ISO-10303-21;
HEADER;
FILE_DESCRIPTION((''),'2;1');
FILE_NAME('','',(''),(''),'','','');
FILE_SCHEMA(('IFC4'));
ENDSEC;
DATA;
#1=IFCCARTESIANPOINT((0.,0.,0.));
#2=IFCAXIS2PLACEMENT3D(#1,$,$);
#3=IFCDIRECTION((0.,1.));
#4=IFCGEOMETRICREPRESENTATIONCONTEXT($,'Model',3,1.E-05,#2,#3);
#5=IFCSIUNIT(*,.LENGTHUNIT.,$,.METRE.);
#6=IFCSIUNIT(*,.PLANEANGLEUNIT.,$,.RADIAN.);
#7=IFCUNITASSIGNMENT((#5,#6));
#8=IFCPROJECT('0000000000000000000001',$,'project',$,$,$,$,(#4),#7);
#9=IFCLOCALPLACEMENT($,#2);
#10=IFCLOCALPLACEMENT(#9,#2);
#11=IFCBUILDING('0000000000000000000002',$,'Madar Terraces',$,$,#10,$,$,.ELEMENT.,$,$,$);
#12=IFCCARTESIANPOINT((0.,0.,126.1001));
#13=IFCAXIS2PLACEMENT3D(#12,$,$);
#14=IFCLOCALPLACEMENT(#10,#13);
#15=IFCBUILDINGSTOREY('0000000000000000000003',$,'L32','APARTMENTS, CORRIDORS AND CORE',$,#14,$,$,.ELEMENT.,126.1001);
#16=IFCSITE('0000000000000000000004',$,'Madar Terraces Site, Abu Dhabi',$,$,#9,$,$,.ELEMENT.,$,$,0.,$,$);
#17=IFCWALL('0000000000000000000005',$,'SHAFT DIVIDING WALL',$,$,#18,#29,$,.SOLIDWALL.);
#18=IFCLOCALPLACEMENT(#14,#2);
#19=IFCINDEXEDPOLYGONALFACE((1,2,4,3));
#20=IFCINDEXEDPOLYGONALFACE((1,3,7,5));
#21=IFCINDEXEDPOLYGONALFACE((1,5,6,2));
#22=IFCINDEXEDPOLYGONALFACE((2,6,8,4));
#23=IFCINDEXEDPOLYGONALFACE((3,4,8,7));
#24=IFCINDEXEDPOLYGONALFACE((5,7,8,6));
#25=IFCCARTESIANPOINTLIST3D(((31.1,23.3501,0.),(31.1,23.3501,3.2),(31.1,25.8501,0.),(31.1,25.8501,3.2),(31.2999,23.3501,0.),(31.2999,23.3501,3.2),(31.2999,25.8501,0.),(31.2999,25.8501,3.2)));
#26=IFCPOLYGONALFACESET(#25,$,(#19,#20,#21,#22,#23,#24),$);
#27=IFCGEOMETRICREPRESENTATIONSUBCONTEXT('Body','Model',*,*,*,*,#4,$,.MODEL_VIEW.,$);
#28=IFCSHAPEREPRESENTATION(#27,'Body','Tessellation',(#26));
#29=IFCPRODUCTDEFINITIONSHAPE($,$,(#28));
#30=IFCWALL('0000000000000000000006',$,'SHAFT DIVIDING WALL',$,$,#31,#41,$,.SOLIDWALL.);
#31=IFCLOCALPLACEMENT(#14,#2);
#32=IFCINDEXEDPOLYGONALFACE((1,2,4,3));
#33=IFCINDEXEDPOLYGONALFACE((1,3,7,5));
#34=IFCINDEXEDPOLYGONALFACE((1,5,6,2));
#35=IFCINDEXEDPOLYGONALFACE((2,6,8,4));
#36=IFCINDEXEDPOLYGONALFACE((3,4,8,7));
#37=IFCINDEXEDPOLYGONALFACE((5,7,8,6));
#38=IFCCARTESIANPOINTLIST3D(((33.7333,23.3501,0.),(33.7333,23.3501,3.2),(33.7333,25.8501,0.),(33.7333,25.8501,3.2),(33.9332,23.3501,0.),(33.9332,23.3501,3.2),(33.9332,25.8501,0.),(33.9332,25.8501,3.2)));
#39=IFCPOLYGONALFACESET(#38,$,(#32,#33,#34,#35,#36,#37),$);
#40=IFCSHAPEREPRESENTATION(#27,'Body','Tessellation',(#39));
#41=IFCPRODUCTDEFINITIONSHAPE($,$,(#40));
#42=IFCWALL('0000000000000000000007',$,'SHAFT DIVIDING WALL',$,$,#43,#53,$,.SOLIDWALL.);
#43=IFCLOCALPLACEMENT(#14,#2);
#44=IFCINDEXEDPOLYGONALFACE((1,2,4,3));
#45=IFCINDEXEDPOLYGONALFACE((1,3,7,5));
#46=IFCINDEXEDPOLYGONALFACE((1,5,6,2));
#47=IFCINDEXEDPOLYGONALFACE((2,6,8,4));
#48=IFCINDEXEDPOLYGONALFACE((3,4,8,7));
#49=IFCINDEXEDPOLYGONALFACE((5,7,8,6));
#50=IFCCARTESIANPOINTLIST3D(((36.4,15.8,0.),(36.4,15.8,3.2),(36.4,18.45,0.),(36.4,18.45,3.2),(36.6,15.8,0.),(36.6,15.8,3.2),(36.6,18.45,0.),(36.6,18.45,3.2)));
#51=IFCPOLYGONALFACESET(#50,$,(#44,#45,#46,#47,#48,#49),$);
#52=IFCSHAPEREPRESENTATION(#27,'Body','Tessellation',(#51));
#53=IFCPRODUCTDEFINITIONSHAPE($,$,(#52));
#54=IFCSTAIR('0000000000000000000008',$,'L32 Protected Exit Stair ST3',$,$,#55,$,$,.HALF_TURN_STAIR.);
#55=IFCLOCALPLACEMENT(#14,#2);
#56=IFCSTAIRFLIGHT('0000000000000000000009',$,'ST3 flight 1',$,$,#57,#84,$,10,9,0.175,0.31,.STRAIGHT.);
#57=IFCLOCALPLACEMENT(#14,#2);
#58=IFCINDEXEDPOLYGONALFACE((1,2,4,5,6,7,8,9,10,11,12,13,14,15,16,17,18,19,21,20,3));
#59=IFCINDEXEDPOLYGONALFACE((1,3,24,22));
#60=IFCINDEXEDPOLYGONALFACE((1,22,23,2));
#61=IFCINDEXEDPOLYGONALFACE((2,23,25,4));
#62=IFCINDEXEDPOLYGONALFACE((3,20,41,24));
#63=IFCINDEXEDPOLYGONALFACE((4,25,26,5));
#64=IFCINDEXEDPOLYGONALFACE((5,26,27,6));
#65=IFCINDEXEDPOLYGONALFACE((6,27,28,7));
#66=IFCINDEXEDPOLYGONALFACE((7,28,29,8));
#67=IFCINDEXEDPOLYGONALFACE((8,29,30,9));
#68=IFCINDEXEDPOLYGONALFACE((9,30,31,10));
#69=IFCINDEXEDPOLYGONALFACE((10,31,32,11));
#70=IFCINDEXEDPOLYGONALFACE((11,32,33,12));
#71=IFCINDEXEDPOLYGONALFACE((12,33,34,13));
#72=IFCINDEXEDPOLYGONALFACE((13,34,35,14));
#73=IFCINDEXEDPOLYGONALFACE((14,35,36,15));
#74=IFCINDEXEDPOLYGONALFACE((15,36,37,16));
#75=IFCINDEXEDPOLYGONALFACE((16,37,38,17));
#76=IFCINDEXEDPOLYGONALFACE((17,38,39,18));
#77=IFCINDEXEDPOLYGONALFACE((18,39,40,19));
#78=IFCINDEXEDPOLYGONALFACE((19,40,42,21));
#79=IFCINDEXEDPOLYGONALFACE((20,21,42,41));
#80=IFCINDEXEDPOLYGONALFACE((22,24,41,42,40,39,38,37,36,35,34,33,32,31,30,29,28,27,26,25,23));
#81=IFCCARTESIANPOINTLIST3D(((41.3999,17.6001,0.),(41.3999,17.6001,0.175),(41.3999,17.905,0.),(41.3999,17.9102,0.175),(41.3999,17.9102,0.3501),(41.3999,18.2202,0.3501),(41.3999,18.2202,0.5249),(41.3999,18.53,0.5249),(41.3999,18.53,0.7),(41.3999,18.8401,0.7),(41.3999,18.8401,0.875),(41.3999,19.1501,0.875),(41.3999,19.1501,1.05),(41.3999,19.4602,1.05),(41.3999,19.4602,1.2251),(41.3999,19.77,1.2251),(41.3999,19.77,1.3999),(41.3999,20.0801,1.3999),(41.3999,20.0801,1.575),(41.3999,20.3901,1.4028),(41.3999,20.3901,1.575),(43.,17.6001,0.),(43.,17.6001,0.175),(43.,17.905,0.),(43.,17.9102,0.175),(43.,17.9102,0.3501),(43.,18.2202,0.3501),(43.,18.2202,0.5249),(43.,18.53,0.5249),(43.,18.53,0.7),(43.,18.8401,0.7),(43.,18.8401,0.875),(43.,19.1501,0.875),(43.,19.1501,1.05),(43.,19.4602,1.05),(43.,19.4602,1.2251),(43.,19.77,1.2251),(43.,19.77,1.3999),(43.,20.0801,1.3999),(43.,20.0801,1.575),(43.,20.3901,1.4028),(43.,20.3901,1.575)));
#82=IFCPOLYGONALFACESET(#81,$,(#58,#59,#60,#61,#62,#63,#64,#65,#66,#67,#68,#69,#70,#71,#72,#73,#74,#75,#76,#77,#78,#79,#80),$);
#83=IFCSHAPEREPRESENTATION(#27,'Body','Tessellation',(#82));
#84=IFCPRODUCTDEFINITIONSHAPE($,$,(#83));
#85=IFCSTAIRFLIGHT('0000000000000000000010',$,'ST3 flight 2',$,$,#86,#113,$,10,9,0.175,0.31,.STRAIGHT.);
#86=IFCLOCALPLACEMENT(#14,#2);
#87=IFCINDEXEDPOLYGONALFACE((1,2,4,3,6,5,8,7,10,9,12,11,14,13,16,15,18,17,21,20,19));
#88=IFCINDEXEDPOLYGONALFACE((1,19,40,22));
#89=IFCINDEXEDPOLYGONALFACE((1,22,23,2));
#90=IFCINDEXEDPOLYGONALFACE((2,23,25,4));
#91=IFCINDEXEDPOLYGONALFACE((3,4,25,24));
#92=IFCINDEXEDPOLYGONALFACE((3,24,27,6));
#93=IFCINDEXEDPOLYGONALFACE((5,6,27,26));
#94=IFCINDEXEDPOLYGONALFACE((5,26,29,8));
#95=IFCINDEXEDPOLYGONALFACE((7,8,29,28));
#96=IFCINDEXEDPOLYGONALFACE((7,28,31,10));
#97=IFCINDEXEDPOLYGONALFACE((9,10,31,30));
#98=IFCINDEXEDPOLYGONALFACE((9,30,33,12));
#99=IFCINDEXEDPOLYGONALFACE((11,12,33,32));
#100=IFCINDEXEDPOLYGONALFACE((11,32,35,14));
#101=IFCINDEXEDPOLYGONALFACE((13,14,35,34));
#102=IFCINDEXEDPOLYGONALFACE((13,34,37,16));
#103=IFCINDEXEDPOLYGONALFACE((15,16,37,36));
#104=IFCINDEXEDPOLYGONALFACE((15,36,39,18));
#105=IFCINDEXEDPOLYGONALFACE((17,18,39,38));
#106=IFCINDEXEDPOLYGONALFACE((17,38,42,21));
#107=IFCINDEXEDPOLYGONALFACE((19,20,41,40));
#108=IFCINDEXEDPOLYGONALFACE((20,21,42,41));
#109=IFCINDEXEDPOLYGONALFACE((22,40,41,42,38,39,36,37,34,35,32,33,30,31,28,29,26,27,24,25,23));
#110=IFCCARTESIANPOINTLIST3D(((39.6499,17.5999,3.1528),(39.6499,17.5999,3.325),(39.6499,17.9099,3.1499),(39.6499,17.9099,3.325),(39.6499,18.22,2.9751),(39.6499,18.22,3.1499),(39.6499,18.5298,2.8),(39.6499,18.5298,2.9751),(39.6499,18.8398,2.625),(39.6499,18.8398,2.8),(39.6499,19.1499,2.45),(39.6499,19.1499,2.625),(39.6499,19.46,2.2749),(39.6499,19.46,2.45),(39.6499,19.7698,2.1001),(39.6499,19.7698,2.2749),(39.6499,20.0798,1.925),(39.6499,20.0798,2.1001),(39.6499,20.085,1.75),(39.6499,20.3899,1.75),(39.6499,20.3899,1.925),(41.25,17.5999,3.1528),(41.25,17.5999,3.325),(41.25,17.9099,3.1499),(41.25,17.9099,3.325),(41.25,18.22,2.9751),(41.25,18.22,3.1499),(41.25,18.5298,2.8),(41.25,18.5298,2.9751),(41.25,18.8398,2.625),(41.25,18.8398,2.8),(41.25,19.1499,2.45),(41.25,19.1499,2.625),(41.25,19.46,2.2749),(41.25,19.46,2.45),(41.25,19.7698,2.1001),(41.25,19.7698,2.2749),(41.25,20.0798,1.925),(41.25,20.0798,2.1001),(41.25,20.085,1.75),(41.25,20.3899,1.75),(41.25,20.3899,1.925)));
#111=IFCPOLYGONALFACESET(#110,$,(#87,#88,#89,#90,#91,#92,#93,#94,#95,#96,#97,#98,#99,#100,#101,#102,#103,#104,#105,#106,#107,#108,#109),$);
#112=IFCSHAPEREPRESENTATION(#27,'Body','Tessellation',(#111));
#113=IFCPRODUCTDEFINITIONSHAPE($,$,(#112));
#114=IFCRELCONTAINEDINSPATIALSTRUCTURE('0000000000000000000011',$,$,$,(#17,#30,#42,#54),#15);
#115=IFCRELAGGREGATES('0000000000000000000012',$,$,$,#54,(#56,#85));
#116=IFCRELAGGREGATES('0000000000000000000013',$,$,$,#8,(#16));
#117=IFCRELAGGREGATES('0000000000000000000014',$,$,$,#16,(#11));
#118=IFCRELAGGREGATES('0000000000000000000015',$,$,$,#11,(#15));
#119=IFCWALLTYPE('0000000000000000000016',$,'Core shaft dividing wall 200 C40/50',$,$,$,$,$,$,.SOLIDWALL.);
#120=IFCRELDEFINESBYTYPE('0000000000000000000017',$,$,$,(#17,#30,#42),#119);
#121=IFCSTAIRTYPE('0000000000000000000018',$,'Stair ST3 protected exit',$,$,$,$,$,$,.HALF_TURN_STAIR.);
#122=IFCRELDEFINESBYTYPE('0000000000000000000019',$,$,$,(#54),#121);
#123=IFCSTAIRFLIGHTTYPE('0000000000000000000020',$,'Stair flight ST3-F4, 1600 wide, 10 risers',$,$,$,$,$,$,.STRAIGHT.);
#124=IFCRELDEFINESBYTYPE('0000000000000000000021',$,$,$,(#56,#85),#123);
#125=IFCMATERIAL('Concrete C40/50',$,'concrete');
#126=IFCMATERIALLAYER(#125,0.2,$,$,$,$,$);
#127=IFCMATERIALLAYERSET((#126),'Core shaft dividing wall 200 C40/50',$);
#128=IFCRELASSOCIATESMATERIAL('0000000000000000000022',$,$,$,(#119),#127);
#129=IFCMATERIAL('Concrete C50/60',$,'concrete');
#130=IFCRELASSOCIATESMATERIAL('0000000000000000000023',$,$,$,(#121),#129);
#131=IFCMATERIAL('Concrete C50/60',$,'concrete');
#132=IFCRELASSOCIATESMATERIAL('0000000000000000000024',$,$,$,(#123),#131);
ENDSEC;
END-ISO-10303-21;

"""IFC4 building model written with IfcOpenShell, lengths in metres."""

from ifc_helpers import new_model, si_unit, direction, frame, frame_2d, origin, place, context, subcontext, project, spatial, polyline, rectangle, outline, extrude, material, layer, layer_set, type_object, element, aggregate, save


model = new_model("IFC4")

# Units and contexts
model_context = context("Model", 3, precision=1e-05, world=origin(), true_north=direction((0.0, 1.0)))
body_context = subcontext(model_context, "Body", "Model", "MODEL_VIEW")
ifc_project = project(units=[si_unit("LENGTHUNIT", "METRE"), si_unit("PLANEANGLEUNIT", "RADIAN")], contexts=[model_context])

# Site, building, storey
site_placement = place(None, origin())
site = spatial("IfcSite", under=ifc_project, at=site_placement, Name="Madar Terraces Site, Abu Dhabi", CompositionType="ELEMENT", RefElevation=0.0)
building_placement = place(site_placement, origin())
building = spatial("IfcBuilding", under=site, at=building_placement, Name="Madar Terraces", CompositionType="ELEMENT")
storey_placement = place(building_placement, frame((0.0, 0.0, 126.1001)))
storey = spatial("IfcBuildingStorey", under=building, at=storey_placement, Name="L32", Description="APARTMENTS, CORRIDORS AND CORE", CompositionType="ELEMENT", Elevation=126.1001)

# Walls
ifc_material_1 = material(Name="Concrete C40/50", Category="concrete")
ifc_layer_1 = layer(ifc_material_1, 0.2)
ifc_layer_set_1 = layer_set([ifc_layer_1], Name="Core shaft dividing wall 200 C40/50")
wall_type_1 = type_object("IfcWallType", Name="Core shaft dividing wall 200 C40/50", PredefinedType="SOLIDWALL", material=ifc_layer_set_1)
for number, where, z_axis, x_axis, name in (
    (1, (31.2, 23.3501, 0.0), (0.0, 0.0, 1.0), (0.0, 1.0, 0.0), "SHAFT DIVIDING WALL"),
    (2, (33.8333, 23.3501, 0.0), (0.0, 0.0, 1.0), (0.0, 1.0, 0.0), "SHAFT DIVIDING WALL"),
):
    element("IfcWall", number, at=place(storey_placement, frame(where, z_axis=z_axis, x_axis=x_axis)), inside=storey, type_object=wall_type_1, Name=name, PredefinedType="SOLIDWALL", context=body_context, shape_type="SweptSolid", body=[
        extrude(rectangle(XDim=2.5, YDim=0.2, at=frame_2d((1.25, 0.0))), origin(), (0.0, 0.0, 1.0), 3.2),
    ])
wall_1_placement = place(storey_placement, frame((36.5, 15.8, 0.0), z_axis=(0.0, 0.0, 1.0), x_axis=(0.0, 1.0, 0.0)))
element("IfcWall", 3, at=wall_1_placement, inside=storey, type_object=wall_type_1, Name="SHAFT DIVIDING WALL", PredefinedType="SOLIDWALL", context=body_context, shape_type="SweptSolid", body=[
    extrude(rectangle(XDim=2.6499, YDim=0.2, at=frame_2d((1.325, 0.0))), origin(), (0.0, 0.0, 1.0), 3.2),
])

# Stair, stair flights
ifc_material_2 = material(Name="Concrete C50/60", Category="concrete")
stair_type = type_object("IfcStairType", Name="Stair ST3 protected exit", PredefinedType="HALF_TURN_STAIR", material=ifc_material_2)
stair_placement = place(storey_placement, origin())
stair = element("IfcStair", 4, at=stair_placement, inside=storey, type_object=stair_type, Name="L32 Protected Exit Stair ST3", PredefinedType="HALF_TURN_STAIR")
ifc_material_3 = material(Name="Concrete C50/60", Category="concrete")
stair_flight_type = type_object("IfcStairFlightType", Name="Stair flight ST3-F4, 1600 wide, 10 risers", PredefinedType="STRAIGHT", material=ifc_material_3)
stair_flight_1_placement = place(storey_placement, frame((42.2, 17.6001, 0.0), z_axis=(0.0, 0.0, 1.0), x_axis=(0.0, 1.0, 0.0)))
stair_flight_1 = element("IfcStairFlight", 5, at=stair_flight_1_placement, type_object=stair_flight_type, Name="ST3 flight 1", NumberOfRisers=10, NumberOfTreads=9, PredefinedType="STRAIGHT", RiserHeight=0.175, TreadLength=0.31, context=body_context, shape_type="SweptSolid", body=[
    extrude(outline(polyline([(0.0, 0.0), (0.0, 0.175), (0.3101, 0.175), (0.3101, 0.3501), (0.6201, 0.3501), (0.6201, 0.5249), (0.9299, 0.5249), (0.9299, 0.7), (1.24, 0.7), (1.24, 0.875), (1.55, 0.875), (1.55, 1.05), (1.8601, 1.05), (1.8601, 1.2251), (2.1699, 1.2251), (2.1699, 1.3999), (2.48, 1.3999), (2.48, 1.575), (2.79, 1.575), (2.79, 1.75), (2.79, 1.4028), (0.3049, 0.0), (0.0, 0.0)])), frame((0.0, 0.8, 0.0), z_axis=(0.0, -1.0, 0.0), x_axis=(1.0, 0.0, 0.0)), (0.0, 0.0, 1.0), 1.6001),
])
stair_flight_2_placement = place(storey_placement, frame((40.45, 20.3899, 1.75), z_axis=(0.0, 0.0, 1.0), x_axis=(0.0, -1.0, 0.0)))
stair_flight_2 = element("IfcStairFlight", 6, at=stair_flight_2_placement, type_object=stair_flight_type, Name="ST3 flight 2", NumberOfRisers=10, NumberOfTreads=9, PredefinedType="STRAIGHT", RiserHeight=0.175, TreadLength=0.31, context=body_context, shape_type="SweptSolid", body=[
    extrude(outline(polyline([(0.0, 0.0), (0.0, 0.175), (0.3101, 0.175), (0.3101, 0.3501), (0.6201, 0.3501), (0.6201, 0.5249), (0.9299, 0.5249), (0.9299, 0.7), (1.24, 0.7), (1.24, 0.875), (1.55, 0.875), (1.55, 1.05), (1.8601, 1.05), (1.8601, 1.2251), (2.1699, 1.2251), (2.1699, 1.3999), (2.48, 1.3999), (2.48, 1.575), (2.79, 1.575), (2.79, 1.75), (2.79, 1.4028), (0.3049, 0.0), (0.0, 0.0)])), frame((0.0, 0.8, 0.0), z_axis=(0.0, -1.0, 0.0), x_axis=(1.0, 0.0, 0.0)), (0.0, 0.0, 1.0), 1.6001),
])
aggregate(stair, [stair_flight_1, stair_flight_2])

save(model, "model.ifc")
